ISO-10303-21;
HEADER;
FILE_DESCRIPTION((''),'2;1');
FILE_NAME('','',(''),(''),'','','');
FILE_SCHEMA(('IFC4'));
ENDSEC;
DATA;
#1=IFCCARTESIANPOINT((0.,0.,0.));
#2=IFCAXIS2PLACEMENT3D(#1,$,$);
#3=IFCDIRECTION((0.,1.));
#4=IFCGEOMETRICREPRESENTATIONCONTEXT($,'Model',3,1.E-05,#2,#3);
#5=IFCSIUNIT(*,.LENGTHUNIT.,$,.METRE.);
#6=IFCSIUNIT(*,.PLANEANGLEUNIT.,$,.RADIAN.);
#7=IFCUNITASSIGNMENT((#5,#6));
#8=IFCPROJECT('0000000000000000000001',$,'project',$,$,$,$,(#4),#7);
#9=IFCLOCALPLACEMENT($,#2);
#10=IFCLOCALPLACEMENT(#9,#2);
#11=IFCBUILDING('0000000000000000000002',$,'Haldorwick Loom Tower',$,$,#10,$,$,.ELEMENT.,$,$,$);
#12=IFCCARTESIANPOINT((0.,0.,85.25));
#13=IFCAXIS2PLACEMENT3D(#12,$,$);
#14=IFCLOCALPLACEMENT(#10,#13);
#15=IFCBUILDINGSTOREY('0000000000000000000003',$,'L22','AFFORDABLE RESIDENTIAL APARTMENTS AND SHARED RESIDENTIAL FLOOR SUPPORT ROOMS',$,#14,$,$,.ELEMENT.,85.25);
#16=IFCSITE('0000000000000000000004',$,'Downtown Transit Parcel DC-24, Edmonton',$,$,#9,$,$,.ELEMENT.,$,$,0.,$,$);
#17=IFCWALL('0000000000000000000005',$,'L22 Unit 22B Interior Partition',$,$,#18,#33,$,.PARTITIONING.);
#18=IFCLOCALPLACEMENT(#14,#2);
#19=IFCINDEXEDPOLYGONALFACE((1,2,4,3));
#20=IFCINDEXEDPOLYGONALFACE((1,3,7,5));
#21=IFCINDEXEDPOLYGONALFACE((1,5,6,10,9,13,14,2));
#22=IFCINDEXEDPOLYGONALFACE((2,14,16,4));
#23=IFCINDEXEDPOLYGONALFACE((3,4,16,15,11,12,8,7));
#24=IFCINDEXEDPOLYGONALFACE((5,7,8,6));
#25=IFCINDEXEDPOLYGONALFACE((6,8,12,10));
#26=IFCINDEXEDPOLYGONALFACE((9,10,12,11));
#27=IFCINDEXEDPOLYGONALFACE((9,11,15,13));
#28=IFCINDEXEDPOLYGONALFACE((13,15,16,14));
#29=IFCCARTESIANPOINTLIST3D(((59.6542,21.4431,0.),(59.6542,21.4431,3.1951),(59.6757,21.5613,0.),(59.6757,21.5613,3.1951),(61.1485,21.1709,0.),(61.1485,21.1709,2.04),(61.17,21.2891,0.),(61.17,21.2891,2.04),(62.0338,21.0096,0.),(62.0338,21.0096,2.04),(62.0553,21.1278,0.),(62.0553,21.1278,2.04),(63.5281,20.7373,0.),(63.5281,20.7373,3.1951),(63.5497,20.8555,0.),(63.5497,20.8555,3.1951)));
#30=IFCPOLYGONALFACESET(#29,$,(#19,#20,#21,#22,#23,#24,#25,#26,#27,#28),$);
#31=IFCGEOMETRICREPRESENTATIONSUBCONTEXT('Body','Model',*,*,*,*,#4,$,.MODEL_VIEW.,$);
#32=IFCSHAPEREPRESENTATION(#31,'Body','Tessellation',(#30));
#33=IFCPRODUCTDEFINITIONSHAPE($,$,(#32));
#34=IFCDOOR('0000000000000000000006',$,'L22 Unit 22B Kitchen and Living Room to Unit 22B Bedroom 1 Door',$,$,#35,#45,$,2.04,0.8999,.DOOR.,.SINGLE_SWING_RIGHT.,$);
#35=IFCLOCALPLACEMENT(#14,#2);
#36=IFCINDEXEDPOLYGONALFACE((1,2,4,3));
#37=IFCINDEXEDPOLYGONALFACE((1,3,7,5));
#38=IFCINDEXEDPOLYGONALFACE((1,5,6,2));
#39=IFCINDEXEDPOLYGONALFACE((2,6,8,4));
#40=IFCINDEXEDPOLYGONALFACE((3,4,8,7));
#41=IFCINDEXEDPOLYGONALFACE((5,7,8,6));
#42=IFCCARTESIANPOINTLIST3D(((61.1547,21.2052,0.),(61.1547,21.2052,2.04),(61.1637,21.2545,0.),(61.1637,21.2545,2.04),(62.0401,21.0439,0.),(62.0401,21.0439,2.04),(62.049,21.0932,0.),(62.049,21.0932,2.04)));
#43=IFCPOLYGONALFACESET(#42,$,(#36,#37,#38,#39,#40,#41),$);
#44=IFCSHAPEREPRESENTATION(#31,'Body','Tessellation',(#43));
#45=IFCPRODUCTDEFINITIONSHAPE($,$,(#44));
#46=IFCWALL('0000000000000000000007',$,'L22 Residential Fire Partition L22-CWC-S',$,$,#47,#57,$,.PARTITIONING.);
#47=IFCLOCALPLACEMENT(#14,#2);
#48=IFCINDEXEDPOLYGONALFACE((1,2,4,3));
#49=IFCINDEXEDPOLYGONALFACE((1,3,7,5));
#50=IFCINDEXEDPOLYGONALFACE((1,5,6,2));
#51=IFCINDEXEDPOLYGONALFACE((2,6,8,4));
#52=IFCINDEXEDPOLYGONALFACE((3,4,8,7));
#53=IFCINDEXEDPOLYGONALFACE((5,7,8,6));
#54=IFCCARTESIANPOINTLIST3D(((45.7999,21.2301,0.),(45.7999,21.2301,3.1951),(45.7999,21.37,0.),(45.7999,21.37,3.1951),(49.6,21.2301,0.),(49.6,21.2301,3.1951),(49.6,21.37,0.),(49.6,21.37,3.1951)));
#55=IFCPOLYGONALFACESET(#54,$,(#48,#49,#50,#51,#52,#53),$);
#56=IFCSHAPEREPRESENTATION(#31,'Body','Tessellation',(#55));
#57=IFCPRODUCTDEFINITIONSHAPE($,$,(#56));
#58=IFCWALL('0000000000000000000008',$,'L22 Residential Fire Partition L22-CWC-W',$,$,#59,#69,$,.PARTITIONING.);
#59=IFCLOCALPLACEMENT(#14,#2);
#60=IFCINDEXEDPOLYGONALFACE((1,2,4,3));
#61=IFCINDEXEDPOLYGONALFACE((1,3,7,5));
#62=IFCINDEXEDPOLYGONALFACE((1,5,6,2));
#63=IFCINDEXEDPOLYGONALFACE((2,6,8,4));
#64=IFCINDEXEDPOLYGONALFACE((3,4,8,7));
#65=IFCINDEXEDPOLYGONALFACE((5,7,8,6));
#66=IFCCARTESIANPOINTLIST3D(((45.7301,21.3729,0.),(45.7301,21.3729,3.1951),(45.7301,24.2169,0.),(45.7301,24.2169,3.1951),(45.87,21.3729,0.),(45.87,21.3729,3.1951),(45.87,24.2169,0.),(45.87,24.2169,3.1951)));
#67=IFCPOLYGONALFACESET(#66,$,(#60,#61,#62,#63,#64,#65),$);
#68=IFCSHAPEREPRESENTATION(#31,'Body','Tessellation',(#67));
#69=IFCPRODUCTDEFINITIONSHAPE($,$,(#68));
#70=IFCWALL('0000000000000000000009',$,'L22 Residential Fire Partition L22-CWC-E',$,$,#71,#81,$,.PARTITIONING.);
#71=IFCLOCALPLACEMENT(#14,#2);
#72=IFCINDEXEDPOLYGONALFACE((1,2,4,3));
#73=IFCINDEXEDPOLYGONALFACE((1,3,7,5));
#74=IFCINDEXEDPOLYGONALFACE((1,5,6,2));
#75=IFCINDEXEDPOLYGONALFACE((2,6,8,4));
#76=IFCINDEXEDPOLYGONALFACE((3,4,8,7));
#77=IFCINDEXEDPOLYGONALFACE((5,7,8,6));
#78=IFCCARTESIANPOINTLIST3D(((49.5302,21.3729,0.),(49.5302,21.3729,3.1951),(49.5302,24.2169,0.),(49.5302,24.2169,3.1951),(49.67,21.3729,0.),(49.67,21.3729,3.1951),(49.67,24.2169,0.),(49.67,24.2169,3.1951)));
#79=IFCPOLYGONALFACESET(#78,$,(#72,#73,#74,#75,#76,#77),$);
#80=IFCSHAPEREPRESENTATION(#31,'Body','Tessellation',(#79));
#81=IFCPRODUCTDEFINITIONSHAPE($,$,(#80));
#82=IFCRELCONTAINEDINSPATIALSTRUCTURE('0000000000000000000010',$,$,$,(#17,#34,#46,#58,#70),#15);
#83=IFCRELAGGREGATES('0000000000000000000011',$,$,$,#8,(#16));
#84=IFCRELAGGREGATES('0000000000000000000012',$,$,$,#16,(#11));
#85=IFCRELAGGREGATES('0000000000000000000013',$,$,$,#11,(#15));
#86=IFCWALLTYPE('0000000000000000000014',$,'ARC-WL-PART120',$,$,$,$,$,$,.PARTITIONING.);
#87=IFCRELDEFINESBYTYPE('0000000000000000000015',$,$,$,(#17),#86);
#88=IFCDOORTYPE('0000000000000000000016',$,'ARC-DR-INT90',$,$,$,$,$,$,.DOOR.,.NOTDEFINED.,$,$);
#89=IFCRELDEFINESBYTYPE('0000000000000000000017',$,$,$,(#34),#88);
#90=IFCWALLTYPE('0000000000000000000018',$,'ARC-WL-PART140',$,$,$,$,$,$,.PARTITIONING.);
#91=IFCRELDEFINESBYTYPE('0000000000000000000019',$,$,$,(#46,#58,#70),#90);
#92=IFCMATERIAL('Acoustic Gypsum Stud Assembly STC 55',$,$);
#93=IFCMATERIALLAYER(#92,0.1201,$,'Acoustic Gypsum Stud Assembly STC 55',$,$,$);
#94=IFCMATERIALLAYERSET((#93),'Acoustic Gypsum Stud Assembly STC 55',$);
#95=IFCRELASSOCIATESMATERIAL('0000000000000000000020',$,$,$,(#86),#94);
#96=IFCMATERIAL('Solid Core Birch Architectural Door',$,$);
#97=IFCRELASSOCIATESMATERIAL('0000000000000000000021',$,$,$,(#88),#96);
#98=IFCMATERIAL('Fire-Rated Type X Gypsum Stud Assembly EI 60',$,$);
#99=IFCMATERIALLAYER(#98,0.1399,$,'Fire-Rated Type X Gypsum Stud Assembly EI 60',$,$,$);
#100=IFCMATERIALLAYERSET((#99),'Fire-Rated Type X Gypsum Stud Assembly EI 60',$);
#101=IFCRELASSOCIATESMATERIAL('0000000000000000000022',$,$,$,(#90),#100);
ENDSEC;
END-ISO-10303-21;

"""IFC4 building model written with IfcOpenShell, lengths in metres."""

from ifc_helpers import new_model, si_unit, direction, frame, frame_2d, origin, place, context, subcontext, project, spatial, rectangle, extrude, material, layer, layer_set, type_object, element, fill, save


model = new_model("IFC4")

# Units and contexts
model_context = context("Model", 3, precision=1e-05, world=origin(), true_north=direction((0.0, 1.0)))
body_context = subcontext(model_context, "Body", "Model", "MODEL_VIEW")
ifc_project = project(units=[si_unit("LENGTHUNIT", "METRE"), si_unit("PLANEANGLEUNIT", "RADIAN")], contexts=[model_context])

# Site, building, storey
site_placement = place(None, origin())
site = spatial("IfcSite", under=ifc_project, at=site_placement, Name="Downtown Transit Parcel DC-24, Edmonton", CompositionType="ELEMENT", RefElevation=0.0)
building_placement = place(site_placement, origin())
building = spatial("IfcBuilding", under=site, at=building_placement, Name="Haldorwick Loom Tower", CompositionType="ELEMENT")
storey_placement = place(building_placement, frame((0.0, 0.0, 85.25)))
storey = spatial("IfcBuildingStorey", under=building, at=storey_placement, Name="L22", Description="AFFORDABLE RESIDENTIAL APARTMENTS AND SHARED RESIDENTIAL FLOOR SUPPORT ROOMS", CompositionType="ELEMENT", Elevation=85.25)

# Shared definitions
ifc_material_1 = material(Name="Fire-Rated Type X Gypsum Stud Assembly EI 60")
ifc_material_2 = material(Name="Acoustic Gypsum Stud Assembly STC 55")
ifc_layer_1 = layer(ifc_material_2, 0.1201, Name="Acoustic Gypsum Stud Assembly STC 55")
ifc_layer_set_1 = layer_set([ifc_layer_1], Name="Acoustic Gypsum Stud Assembly STC 55")
wall_type_1 = type_object("IfcWallType", Name="ARC-WL-PART120", PredefinedType="PARTITIONING", material=ifc_layer_set_1)

# Shared definitions
ifc_material_3 = material(Name="Solid Core Birch Architectural Door")

# Wall, opening, door
wall_1_placement = place(storey_placement, frame((59.665, 21.5022, 0.0), z_axis=(0.0, 0.0, 1.0), x_axis=(0.983805, -0.17924, 0.0)))
wall_1 = element("IfcWall", 1, at=wall_1_placement, inside=storey, type_object=wall_type_1, Name="L22 Unit 22B Interior Partition", PredefinedType="PARTITIONING", context=body_context, shape_type="SweptSolid", body=[
    extrude(rectangle(XDim=3.9377, YDim=0.1201, at=frame_2d((1.9688, 0.0))), origin(), (0.0, 0.0, 1.0), 3.1951),
])
opening_1_placement = place(wall_1_placement, frame((1.5188, 0.0, 0.0)))
opening_1 = element("IfcOpeningElement", 2, at=opening_1_placement, cuts=wall_1, PredefinedType="OPENING", context=body_context, shape_type="SweptSolid", body=[
    extrude(rectangle(XDim=0.8999, YDim=2.04, at=frame_2d((0.45, 1.02))), frame((0.0, 0.0701, 0.0), z_axis=(0.0, -1.0, 0.0), x_axis=(1.0, 0.0, 0.0)), (0.0, 0.0, 1.0), 0.1401),
])
door_type_1 = type_object("IfcDoorType", Name="ARC-DR-INT90", OperationType="NOTDEFINED", PredefinedType="DOOR", material=ifc_material_3)
door_1_placement = place(opening_1_placement, origin())
door_1 = element("IfcDoor", 3, at=door_1_placement, inside=storey, type_object=door_type_1, Name="L22 Unit 22B Kitchen and Living Room to Unit 22B Bedroom 1 Door", OperationType="SINGLE_SWING_RIGHT", OverallHeight=2.04, OverallWidth=0.8999, PredefinedType="DOOR", context=body_context, shape_type="SweptSolid", body=[
    extrude(rectangle(XDim=0.8999, YDim=2.04, at=frame_2d((0.45, 1.02))), frame((0.0, 0.0249, 0.0), z_axis=(0.0, -1.0, 0.0), x_axis=(1.0, 0.0, 0.0)), (0.0, 0.0, 1.0), 0.05),
])
fill(opening_1, door_1)

# Walls
ifc_layer_2 = layer(ifc_material_1, 0.1399, Name="Fire-Rated Type X Gypsum Stud Assembly EI 60")
ifc_layer_set_2 = layer_set([ifc_layer_2], Name="Fire-Rated Type X Gypsum Stud Assembly EI 60")
wall_type_2 = type_object("IfcWallType", Name="ARC-WL-PART140", PredefinedType="PARTITIONING", material=ifc_layer_set_2)
wall_2_placement = place(storey_placement, frame((45.8, 21.3, 0.0), z_axis=(0.0, 0.0, 1.0), x_axis=(1.0, 0.0, 0.0)))
element("IfcWall", 4, at=wall_2_placement, inside=storey, type_object=wall_type_2, Name="L22 Residential Fire Partition L22-CWC-S", PredefinedType="PARTITIONING", context=body_context, shape_type="SweptSolid", body=[
    extrude(rectangle(XDim=3.8, YDim=0.1399, at=frame_2d((1.8999, 0.0))), origin(), (0.0, 0.0, 1.0), 3.1951),
])
for number, where, z_axis, x_axis, name in (
    (5, (45.8, 21.373, 0.0), (0.0, 0.0, 1.0), (0.0, 1.0, 0.0), "L22 Residential Fire Partition L22-CWC-W"),
    (6, (49.6001, 21.373, 0.0), (0.0, 0.0, 1.0), (0.0, 1.0, 0.0), "L22 Residential Fire Partition L22-CWC-E"),
):
    element("IfcWall", number, at=place(storey_placement, frame(where, z_axis=z_axis, x_axis=x_axis)), inside=storey, type_object=wall_type_2, Name=name, PredefinedType="PARTITIONING", context=body_context, shape_type="SweptSolid", body=[
        extrude(rectangle(XDim=2.844, YDim=0.1399, at=frame_2d((1.4219, 0.0))), origin(), (0.0, 0.0, 1.0), 3.1951),
    ])

save(model, "model.ifc")
